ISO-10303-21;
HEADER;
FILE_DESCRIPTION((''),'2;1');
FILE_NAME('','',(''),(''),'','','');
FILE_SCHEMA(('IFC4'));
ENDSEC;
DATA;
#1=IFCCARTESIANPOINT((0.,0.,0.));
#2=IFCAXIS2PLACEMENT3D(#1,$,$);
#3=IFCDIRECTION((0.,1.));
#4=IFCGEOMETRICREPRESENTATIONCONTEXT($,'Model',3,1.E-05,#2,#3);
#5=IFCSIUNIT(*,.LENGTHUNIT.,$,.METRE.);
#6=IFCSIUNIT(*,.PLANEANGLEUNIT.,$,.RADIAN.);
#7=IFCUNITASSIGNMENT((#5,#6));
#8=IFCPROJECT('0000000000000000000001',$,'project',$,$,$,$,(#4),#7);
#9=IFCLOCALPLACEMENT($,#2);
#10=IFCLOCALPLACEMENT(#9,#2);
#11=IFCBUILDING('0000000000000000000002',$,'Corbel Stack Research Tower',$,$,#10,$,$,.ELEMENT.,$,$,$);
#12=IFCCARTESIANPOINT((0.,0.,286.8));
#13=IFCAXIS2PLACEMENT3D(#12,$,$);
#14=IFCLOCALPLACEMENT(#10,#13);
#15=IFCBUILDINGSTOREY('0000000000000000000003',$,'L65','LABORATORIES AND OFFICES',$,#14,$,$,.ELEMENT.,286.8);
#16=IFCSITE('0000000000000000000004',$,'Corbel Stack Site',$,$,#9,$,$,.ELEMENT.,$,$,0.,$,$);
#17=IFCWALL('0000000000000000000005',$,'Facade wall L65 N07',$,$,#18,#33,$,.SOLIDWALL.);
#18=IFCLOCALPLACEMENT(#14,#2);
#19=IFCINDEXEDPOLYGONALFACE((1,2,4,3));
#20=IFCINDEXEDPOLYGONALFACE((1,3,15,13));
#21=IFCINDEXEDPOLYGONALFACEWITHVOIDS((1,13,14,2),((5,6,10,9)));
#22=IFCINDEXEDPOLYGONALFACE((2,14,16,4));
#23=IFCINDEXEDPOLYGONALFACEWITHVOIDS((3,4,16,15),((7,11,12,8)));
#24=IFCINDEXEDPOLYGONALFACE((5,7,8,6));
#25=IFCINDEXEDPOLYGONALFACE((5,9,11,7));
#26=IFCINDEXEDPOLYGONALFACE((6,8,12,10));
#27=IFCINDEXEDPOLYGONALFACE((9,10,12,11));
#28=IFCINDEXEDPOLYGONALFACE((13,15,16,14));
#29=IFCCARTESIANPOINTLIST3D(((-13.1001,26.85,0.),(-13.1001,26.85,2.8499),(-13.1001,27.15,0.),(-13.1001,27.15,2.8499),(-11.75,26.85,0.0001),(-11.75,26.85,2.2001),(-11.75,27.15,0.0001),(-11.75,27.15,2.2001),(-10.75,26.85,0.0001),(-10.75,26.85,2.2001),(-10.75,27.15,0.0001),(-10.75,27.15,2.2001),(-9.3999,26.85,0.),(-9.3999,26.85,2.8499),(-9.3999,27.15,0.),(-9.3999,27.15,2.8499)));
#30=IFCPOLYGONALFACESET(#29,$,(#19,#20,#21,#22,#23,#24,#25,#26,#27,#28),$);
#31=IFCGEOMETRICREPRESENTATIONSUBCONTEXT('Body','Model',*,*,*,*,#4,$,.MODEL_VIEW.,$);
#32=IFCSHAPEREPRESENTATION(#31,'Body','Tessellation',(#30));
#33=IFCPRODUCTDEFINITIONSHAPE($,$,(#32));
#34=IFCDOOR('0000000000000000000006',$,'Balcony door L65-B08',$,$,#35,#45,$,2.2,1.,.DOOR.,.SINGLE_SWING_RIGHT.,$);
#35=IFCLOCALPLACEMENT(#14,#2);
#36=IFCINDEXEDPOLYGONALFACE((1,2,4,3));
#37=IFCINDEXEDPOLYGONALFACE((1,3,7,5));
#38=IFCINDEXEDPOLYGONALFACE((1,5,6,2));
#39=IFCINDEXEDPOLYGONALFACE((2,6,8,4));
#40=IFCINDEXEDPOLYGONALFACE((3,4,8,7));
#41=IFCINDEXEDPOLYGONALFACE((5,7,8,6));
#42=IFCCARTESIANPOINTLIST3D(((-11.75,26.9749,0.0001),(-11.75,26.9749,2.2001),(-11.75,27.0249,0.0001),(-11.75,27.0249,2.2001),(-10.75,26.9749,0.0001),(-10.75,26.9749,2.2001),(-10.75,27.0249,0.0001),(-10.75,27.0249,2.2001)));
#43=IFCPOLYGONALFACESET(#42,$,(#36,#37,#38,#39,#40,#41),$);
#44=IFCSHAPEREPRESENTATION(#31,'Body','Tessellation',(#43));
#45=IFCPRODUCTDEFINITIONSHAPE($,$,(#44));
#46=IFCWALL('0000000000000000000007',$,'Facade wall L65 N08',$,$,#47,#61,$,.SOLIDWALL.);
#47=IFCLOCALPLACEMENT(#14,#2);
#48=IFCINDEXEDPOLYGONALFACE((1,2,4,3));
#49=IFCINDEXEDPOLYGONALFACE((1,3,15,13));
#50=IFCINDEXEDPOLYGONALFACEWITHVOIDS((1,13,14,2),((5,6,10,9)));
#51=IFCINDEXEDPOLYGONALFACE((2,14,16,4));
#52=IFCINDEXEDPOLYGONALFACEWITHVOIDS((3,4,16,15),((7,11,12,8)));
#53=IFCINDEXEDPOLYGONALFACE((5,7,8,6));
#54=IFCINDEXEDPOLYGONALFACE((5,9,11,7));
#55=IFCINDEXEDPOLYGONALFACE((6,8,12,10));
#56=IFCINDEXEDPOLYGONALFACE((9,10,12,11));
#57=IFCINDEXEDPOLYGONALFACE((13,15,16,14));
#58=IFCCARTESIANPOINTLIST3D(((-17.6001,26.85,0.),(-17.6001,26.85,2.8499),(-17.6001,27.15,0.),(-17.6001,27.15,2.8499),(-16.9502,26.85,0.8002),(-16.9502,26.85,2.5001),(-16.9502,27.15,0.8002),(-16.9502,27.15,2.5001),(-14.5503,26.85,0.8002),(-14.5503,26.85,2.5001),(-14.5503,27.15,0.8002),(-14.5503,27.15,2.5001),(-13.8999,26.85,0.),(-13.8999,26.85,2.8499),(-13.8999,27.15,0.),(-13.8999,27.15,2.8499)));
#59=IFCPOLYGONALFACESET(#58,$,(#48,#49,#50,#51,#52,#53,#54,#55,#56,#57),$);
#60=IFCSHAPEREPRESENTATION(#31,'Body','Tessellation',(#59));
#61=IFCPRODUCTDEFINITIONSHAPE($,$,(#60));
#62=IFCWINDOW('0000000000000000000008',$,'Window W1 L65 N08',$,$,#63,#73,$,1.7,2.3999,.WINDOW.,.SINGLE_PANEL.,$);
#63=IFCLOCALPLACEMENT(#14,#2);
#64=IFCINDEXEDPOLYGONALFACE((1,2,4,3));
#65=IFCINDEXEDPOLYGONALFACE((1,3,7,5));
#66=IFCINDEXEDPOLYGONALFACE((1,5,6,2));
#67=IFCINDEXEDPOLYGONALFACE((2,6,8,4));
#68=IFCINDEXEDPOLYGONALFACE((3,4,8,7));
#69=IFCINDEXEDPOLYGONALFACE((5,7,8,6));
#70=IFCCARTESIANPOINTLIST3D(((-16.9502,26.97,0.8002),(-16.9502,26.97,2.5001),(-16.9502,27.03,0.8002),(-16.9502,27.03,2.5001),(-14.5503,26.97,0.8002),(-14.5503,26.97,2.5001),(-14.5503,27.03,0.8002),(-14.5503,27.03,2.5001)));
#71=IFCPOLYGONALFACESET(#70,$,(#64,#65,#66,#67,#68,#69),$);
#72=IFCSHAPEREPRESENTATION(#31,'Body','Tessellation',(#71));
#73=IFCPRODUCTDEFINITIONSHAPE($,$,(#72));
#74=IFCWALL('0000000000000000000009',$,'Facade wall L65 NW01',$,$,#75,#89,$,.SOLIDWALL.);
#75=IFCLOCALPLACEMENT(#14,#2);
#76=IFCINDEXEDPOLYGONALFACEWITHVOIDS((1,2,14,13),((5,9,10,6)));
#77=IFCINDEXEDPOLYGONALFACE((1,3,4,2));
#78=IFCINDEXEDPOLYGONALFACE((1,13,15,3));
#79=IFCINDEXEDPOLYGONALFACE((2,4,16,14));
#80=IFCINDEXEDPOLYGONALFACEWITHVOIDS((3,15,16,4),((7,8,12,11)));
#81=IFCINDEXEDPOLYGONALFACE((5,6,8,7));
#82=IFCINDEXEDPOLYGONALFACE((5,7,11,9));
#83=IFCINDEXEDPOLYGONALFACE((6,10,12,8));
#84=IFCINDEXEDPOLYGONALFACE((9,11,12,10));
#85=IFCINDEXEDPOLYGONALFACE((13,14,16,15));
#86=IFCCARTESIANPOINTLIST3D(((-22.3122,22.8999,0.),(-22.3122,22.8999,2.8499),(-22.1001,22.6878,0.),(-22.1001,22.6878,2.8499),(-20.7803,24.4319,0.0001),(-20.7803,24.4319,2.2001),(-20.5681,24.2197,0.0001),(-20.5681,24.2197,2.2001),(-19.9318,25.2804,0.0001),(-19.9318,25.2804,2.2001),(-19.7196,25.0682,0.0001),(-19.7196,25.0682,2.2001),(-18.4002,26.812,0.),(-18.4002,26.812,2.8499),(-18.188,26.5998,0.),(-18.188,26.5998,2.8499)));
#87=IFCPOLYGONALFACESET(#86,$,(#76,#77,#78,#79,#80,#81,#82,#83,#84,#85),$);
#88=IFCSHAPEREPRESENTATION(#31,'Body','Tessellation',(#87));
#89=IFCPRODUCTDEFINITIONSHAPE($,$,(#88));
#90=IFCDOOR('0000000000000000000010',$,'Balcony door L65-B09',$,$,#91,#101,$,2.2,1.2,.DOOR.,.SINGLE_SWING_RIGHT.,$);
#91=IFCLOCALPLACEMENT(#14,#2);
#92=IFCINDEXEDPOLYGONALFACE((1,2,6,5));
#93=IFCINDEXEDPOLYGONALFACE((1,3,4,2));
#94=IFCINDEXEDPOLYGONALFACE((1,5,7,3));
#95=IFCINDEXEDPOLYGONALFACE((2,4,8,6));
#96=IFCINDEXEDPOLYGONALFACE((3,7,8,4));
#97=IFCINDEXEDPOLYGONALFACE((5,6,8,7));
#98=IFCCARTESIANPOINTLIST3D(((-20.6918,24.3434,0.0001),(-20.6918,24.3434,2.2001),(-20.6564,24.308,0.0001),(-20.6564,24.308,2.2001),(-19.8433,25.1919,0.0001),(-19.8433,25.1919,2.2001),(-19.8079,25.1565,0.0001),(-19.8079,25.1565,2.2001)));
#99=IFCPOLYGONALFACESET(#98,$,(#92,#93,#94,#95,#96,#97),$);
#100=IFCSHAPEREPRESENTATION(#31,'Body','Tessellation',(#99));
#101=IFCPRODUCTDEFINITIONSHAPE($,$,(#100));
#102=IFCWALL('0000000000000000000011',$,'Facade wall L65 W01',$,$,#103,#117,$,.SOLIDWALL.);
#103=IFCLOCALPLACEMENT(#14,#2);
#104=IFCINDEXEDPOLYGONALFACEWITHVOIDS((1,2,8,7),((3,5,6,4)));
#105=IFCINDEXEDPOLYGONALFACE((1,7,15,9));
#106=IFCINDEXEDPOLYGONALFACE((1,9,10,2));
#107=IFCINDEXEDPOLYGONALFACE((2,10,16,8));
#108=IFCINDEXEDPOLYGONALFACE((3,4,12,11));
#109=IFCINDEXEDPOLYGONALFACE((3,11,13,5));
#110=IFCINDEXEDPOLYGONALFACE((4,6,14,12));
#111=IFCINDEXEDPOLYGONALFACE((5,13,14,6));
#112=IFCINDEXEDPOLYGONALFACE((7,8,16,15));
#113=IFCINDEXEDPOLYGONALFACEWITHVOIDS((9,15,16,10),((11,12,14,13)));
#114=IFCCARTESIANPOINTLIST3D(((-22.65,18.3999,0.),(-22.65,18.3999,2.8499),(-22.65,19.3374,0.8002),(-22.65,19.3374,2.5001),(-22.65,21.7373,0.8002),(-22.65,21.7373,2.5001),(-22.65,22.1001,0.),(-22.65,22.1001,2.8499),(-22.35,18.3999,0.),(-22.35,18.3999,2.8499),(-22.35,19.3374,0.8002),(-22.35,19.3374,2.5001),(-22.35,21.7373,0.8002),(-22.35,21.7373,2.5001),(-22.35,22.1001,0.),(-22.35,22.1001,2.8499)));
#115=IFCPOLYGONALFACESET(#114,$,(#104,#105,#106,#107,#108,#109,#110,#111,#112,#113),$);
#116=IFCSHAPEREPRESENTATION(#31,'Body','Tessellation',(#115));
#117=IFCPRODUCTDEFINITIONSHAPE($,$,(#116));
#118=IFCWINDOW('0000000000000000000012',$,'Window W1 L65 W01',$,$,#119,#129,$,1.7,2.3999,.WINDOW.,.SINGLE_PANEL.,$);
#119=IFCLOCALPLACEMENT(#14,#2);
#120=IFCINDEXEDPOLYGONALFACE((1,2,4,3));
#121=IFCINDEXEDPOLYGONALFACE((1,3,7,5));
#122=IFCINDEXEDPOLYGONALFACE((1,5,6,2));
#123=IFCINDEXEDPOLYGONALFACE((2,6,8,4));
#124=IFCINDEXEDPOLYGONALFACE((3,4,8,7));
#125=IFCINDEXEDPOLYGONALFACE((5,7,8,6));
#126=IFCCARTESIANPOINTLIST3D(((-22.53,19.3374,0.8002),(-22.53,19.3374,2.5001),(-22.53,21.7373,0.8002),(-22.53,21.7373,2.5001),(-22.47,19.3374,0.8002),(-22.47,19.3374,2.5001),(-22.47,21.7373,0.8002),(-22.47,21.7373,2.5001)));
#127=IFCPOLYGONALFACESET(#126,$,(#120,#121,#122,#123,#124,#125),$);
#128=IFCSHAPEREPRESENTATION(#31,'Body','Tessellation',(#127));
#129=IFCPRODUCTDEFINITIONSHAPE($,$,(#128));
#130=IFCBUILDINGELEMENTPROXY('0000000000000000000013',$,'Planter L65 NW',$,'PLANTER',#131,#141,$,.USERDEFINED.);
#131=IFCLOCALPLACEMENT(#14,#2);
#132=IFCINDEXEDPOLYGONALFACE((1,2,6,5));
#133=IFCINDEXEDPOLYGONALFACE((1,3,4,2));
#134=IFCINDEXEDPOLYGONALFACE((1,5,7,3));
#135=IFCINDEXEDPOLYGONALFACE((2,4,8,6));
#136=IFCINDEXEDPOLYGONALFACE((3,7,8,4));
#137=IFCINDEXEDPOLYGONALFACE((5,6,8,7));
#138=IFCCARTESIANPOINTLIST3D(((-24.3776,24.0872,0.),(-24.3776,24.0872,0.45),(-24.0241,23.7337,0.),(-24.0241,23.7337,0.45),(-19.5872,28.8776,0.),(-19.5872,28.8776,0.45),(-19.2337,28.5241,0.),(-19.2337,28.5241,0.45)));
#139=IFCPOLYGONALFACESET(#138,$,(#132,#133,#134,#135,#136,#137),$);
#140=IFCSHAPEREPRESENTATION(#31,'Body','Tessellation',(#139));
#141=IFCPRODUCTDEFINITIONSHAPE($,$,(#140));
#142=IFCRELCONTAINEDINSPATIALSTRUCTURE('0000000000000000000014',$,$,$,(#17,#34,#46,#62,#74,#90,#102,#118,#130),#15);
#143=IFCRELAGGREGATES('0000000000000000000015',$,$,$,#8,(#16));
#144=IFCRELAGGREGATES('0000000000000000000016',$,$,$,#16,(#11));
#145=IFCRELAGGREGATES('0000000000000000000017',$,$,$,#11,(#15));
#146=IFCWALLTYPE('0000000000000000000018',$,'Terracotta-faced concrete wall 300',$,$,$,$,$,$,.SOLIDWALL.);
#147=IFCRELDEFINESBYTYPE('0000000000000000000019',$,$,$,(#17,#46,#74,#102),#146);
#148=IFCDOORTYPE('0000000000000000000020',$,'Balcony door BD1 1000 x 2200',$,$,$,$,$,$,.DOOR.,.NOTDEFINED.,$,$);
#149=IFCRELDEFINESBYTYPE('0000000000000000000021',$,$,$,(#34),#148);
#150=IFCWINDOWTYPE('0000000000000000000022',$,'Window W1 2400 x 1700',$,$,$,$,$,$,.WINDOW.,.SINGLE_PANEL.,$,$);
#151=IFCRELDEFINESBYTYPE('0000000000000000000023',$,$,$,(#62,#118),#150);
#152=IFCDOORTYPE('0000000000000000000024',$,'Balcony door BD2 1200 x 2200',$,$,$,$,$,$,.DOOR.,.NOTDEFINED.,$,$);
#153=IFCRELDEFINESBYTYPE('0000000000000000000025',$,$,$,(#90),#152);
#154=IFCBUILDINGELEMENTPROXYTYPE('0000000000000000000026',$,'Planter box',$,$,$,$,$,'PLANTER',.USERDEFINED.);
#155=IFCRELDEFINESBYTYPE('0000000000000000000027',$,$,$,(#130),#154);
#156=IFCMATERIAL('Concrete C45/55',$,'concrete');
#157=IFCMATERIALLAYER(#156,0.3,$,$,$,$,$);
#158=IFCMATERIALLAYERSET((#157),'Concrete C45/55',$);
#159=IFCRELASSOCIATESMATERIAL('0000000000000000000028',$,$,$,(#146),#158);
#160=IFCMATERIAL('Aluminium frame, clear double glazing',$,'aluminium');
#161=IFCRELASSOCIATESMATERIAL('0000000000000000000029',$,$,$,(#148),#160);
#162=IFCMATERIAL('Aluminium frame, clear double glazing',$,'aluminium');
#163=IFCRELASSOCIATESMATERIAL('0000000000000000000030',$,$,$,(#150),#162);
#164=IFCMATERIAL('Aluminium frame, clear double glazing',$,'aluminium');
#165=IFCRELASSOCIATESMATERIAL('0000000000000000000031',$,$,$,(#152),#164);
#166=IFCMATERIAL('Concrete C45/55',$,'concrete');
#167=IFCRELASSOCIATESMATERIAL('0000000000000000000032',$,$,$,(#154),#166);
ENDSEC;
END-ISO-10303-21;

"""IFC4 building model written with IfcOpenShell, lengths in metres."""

from ifc_helpers import new_model, si_unit, direction, frame, frame_2d, origin, origin_2d, place, context, subcontext, project, spatial, rectangle, extrude, material, layer, layer_set, type_object, element, fill, save


model = new_model("IFC4")

# Units and contexts
model_context = context("Model", 3, precision=1e-05, world=origin(), true_north=direction((0.0, 1.0)))
body_context = subcontext(model_context, "Body", "Model", "MODEL_VIEW")
ifc_project = project(units=[si_unit("LENGTHUNIT", "METRE"), si_unit("PLANEANGLEUNIT", "RADIAN")], contexts=[model_context])

# Site, building, storey
site_placement = place(None, origin())
site = spatial("IfcSite", under=ifc_project, at=site_placement, Name="Corbel Stack Site", CompositionType="ELEMENT", RefElevation=0.0)
building_placement = place(site_placement, origin())
building = spatial("IfcBuilding", under=site, at=building_placement, Name="Corbel Stack Research Tower", CompositionType="ELEMENT")
storey_placement = place(building_placement, frame((0.0, 0.0, 286.8)))
storey = spatial("IfcBuildingStorey", under=building, at=storey_placement, Name="L65", Description="LABORATORIES AND OFFICES", CompositionType="ELEMENT", Elevation=286.8)

# Wall, opening, door
ifc_material_1 = material(Name="Concrete C45/55", Category="concrete")
ifc_layer_1 = layer(ifc_material_1, 0.3)
ifc_layer_set_1 = layer_set([ifc_layer_1], Name="Concrete C45/55")
wall_type_1 = type_object("IfcWallType", Name="Terracotta-faced concrete wall 300", PredefinedType="SOLIDWALL", material=ifc_layer_set_1)
wall_1_placement = place(storey_placement, frame((-13.1001, 27.0, 0.0), z_axis=(0.0, 0.0, 1.0), x_axis=(1.0, 0.0, 0.0)))
wall_1 = element("IfcWall", 1, at=wall_1_placement, inside=storey, type_object=wall_type_1, Name="Facade wall L65 N07", PredefinedType="SOLIDWALL", context=body_context, shape_type="SweptSolid", body=[
    extrude(rectangle(XDim=3.7002, YDim=0.3, at=frame_2d((1.8501, 0.0))), origin(), (0.0, 0.0, 1.0), 2.8499),
])
opening_1_placement = place(wall_1_placement, frame((1.3501, 0.0, 0.0)))
opening_1 = element("IfcOpeningElement", 2, at=opening_1_placement, cuts=wall_1, PredefinedType="OPENING", context=body_context, shape_type="SweptSolid", body=[
    extrude(rectangle(XDim=1.0, YDim=2.2, at=frame_2d((0.5, 1.1001))), frame((0.0, 0.1599, 0.0), z_axis=(0.0, -1.0, 0.0), x_axis=(1.0, 0.0, 0.0)), (0.0, 0.0, 1.0), 0.3201),
])
ifc_material_2 = material(Name="Aluminium frame, clear double glazing", Category="aluminium")
door_type_1 = type_object("IfcDoorType", Name="Balcony door BD1 1000 x 2200", OperationType="NOTDEFINED", PredefinedType="DOOR", material=ifc_material_2)
door_1_placement = place(opening_1_placement, origin())
door_1 = element("IfcDoor", 3, at=door_1_placement, inside=storey, type_object=door_type_1, Name="Balcony door L65-B08", OperationType="SINGLE_SWING_RIGHT", OverallHeight=2.2, OverallWidth=1.0, PredefinedType="DOOR", context=body_context, shape_type="SweptSolid", body=[
    extrude(rectangle(XDim=1.0, YDim=2.2, at=frame_2d((0.5, 1.1001))), frame((0.0, 0.0249, 0.0), z_axis=(0.0, -1.0, 0.0), x_axis=(1.0, 0.0, 0.0)), (0.0, 0.0, 1.0), 0.05),
])
fill(opening_1, door_1)

# Wall, opening, window
wall_2_placement = place(storey_placement, frame((-17.6001, 27.0, 0.0), z_axis=(0.0, 0.0, 1.0), x_axis=(1.0, 0.0, 0.0)))
wall_2 = element("IfcWall", 4, at=wall_2_placement, inside=storey, type_object=wall_type_1, Name="Facade wall L65 N08", PredefinedType="SOLIDWALL", context=body_context, shape_type="SweptSolid", body=[
    extrude(rectangle(XDim=3.7002, YDim=0.3, at=frame_2d((1.8501, 0.0))), origin(), (0.0, 0.0, 1.0), 2.8499),
])
opening_2_placement = place(wall_2_placement, frame((0.6499, 0.0, 0.8)))
opening_2 = element("IfcOpeningElement", 5, at=opening_2_placement, cuts=wall_2, PredefinedType="OPENING", context=body_context, shape_type="SweptSolid", body=[
    extrude(rectangle(XDim=2.3999, YDim=1.7, at=frame_2d((1.2, 0.8501))), frame((0.0, 0.1599, 0.0), z_axis=(0.0, -1.0, 0.0), x_axis=(1.0, 0.0, 0.0)), (0.0, 0.0, 1.0), 0.3201),
])
ifc_material_3 = material(Name="Aluminium frame, clear double glazing", Category="aluminium")
window_type = type_object("IfcWindowType", Name="Window W1 2400 x 1700", PartitioningType="SINGLE_PANEL", PredefinedType="WINDOW", material=ifc_material_3)
window_1_placement = place(opening_2_placement, origin())
window_1 = element("IfcWindow", 6, at=window_1_placement, inside=storey, type_object=window_type, Name="Window W1 L65 N08", OverallHeight=1.7, OverallWidth=2.3999, PartitioningType="SINGLE_PANEL", PredefinedType="WINDOW", context=body_context, shape_type="SweptSolid", body=[
    extrude(rectangle(XDim=2.3999, YDim=1.7, at=frame_2d((1.2, 0.8501))), frame((0.0, 0.03, 0.0), z_axis=(0.0, -1.0, 0.0), x_axis=(1.0, 0.0, 0.0)), (0.0, 0.0, 1.0), 0.0601),
])
fill(opening_2, window_1)

# Wall, opening, door
wall_3_placement = place(storey_placement, frame((-22.2061, 22.7939, 0.0), z_axis=(0.0, 0.0, 1.0), x_axis=(0.707107, 0.707107, 0.0)))
wall_3 = element("IfcWall", 7, at=wall_3_placement, inside=storey, type_object=wall_type_1, Name="Facade wall L65 NW01", PredefinedType="SOLIDWALL", context=body_context, shape_type="SweptSolid", body=[
    extrude(rectangle(XDim=5.5325, YDim=0.3, at=frame_2d((2.7661, 0.0))), origin(), (0.0, 0.0, 1.0), 2.8499),
])
opening_3_placement = place(wall_3_placement, frame((2.1663, 0.0, 0.0)))
opening_3 = element("IfcOpeningElement", 8, at=opening_3_placement, cuts=wall_3, PredefinedType="OPENING", context=body_context, shape_type="SweptSolid", body=[
    extrude(rectangle(XDim=1.2, YDim=2.2, at=frame_2d((0.6001, 1.1001))), frame((0.0, 0.1599, 0.0), z_axis=(0.0, -1.0, 0.0), x_axis=(1.0, 0.0, 0.0)), (0.0, 0.0, 1.0), 0.3201),
])
ifc_material_4 = material(Name="Aluminium frame, clear double glazing", Category="aluminium")
door_type_2 = type_object("IfcDoorType", Name="Balcony door BD2 1200 x 2200", OperationType="NOTDEFINED", PredefinedType="DOOR", material=ifc_material_4)
door_2_placement = place(opening_3_placement, origin())
door_2 = element("IfcDoor", 9, at=door_2_placement, inside=storey, type_object=door_type_2, Name="Balcony door L65-B09", OperationType="SINGLE_SWING_RIGHT", OverallHeight=2.2, OverallWidth=1.2, PredefinedType="DOOR", context=body_context, shape_type="SweptSolid", body=[
    extrude(rectangle(XDim=1.2, YDim=2.2, at=frame_2d((0.6001, 1.1001))), frame((0.0, 0.0249, 0.0), z_axis=(0.0, -1.0, 0.0), x_axis=(1.0, 0.0, 0.0)), (0.0, 0.0, 1.0), 0.05),
])
fill(opening_3, door_2)

# Wall, opening, window
wall_4_placement = place(storey_placement, frame((-22.5, 18.3999, 0.0), z_axis=(0.0, 0.0, 1.0), x_axis=(0.0, 1.0, 0.0)))
wall_4 = element("IfcWall", 10, at=wall_4_placement, inside=storey, type_object=wall_type_1, Name="Facade wall L65 W01", PredefinedType="SOLIDWALL", context=body_context, shape_type="SweptSolid", body=[
    extrude(rectangle(XDim=3.7002, YDim=0.3, at=frame_2d((1.8501, 0.0))), origin(), (0.0, 0.0, 1.0), 2.8499),
])
opening_4_placement = place(wall_4_placement, frame((0.9375, 0.0, 0.8)))
opening_4 = element("IfcOpeningElement", 11, at=opening_4_placement, cuts=wall_4, PredefinedType="OPENING", context=body_context, shape_type="SweptSolid", body=[
    extrude(rectangle(XDim=2.3999, YDim=1.7, at=frame_2d((1.2, 0.8501))), frame((0.0, 0.1599, 0.0), z_axis=(0.0, -1.0, 0.0), x_axis=(1.0, 0.0, 0.0)), (0.0, 0.0, 1.0), 0.3201),
])
window_2_placement = place(opening_4_placement, origin())
window_2 = element("IfcWindow", 12, at=window_2_placement, inside=storey, type_object=window_type, Name="Window W1 L65 W01", OverallHeight=1.7, OverallWidth=2.3999, PartitioningType="SINGLE_PANEL", PredefinedType="WINDOW", context=body_context, shape_type="SweptSolid", body=[
    extrude(rectangle(XDim=2.3999, YDim=1.7, at=frame_2d((1.2, 0.8501))), frame((0.0, 0.03, 0.0), z_axis=(0.0, -1.0, 0.0), x_axis=(1.0, 0.0, 0.0)), (0.0, 0.0, 1.0), 0.0601),
])
fill(opening_4, window_2)

# Building element proxy
ifc_material_5 = material(Name="Concrete C45/55", Category="concrete")
building_element_proxy_type = type_object("IfcBuildingElementProxyType", Name="Planter box", ElementType="PLANTER", PredefinedType="USERDEFINED", material=ifc_material_5)
proxy_placement = place(storey_placement, frame((-21.8057, 26.3057, 0.0), z_axis=(0.0, 0.0, 1.0), x_axis=(-0.707107, -0.707107, 0.0)))
element("IfcBuildingElementProxy", 13, at=proxy_placement, inside=storey, type_object=building_element_proxy_type, Name="Planter L65 NW", ObjectType="PLANTER", PredefinedType="USERDEFINED", context=body_context, shape_type="SweptSolid", body=[
    extrude(rectangle(XDim=6.7747, YDim=0.5, at=origin_2d()), origin(), (0.0, 0.0, 1.0), 0.45),
])

save(model, "model.ifc")
